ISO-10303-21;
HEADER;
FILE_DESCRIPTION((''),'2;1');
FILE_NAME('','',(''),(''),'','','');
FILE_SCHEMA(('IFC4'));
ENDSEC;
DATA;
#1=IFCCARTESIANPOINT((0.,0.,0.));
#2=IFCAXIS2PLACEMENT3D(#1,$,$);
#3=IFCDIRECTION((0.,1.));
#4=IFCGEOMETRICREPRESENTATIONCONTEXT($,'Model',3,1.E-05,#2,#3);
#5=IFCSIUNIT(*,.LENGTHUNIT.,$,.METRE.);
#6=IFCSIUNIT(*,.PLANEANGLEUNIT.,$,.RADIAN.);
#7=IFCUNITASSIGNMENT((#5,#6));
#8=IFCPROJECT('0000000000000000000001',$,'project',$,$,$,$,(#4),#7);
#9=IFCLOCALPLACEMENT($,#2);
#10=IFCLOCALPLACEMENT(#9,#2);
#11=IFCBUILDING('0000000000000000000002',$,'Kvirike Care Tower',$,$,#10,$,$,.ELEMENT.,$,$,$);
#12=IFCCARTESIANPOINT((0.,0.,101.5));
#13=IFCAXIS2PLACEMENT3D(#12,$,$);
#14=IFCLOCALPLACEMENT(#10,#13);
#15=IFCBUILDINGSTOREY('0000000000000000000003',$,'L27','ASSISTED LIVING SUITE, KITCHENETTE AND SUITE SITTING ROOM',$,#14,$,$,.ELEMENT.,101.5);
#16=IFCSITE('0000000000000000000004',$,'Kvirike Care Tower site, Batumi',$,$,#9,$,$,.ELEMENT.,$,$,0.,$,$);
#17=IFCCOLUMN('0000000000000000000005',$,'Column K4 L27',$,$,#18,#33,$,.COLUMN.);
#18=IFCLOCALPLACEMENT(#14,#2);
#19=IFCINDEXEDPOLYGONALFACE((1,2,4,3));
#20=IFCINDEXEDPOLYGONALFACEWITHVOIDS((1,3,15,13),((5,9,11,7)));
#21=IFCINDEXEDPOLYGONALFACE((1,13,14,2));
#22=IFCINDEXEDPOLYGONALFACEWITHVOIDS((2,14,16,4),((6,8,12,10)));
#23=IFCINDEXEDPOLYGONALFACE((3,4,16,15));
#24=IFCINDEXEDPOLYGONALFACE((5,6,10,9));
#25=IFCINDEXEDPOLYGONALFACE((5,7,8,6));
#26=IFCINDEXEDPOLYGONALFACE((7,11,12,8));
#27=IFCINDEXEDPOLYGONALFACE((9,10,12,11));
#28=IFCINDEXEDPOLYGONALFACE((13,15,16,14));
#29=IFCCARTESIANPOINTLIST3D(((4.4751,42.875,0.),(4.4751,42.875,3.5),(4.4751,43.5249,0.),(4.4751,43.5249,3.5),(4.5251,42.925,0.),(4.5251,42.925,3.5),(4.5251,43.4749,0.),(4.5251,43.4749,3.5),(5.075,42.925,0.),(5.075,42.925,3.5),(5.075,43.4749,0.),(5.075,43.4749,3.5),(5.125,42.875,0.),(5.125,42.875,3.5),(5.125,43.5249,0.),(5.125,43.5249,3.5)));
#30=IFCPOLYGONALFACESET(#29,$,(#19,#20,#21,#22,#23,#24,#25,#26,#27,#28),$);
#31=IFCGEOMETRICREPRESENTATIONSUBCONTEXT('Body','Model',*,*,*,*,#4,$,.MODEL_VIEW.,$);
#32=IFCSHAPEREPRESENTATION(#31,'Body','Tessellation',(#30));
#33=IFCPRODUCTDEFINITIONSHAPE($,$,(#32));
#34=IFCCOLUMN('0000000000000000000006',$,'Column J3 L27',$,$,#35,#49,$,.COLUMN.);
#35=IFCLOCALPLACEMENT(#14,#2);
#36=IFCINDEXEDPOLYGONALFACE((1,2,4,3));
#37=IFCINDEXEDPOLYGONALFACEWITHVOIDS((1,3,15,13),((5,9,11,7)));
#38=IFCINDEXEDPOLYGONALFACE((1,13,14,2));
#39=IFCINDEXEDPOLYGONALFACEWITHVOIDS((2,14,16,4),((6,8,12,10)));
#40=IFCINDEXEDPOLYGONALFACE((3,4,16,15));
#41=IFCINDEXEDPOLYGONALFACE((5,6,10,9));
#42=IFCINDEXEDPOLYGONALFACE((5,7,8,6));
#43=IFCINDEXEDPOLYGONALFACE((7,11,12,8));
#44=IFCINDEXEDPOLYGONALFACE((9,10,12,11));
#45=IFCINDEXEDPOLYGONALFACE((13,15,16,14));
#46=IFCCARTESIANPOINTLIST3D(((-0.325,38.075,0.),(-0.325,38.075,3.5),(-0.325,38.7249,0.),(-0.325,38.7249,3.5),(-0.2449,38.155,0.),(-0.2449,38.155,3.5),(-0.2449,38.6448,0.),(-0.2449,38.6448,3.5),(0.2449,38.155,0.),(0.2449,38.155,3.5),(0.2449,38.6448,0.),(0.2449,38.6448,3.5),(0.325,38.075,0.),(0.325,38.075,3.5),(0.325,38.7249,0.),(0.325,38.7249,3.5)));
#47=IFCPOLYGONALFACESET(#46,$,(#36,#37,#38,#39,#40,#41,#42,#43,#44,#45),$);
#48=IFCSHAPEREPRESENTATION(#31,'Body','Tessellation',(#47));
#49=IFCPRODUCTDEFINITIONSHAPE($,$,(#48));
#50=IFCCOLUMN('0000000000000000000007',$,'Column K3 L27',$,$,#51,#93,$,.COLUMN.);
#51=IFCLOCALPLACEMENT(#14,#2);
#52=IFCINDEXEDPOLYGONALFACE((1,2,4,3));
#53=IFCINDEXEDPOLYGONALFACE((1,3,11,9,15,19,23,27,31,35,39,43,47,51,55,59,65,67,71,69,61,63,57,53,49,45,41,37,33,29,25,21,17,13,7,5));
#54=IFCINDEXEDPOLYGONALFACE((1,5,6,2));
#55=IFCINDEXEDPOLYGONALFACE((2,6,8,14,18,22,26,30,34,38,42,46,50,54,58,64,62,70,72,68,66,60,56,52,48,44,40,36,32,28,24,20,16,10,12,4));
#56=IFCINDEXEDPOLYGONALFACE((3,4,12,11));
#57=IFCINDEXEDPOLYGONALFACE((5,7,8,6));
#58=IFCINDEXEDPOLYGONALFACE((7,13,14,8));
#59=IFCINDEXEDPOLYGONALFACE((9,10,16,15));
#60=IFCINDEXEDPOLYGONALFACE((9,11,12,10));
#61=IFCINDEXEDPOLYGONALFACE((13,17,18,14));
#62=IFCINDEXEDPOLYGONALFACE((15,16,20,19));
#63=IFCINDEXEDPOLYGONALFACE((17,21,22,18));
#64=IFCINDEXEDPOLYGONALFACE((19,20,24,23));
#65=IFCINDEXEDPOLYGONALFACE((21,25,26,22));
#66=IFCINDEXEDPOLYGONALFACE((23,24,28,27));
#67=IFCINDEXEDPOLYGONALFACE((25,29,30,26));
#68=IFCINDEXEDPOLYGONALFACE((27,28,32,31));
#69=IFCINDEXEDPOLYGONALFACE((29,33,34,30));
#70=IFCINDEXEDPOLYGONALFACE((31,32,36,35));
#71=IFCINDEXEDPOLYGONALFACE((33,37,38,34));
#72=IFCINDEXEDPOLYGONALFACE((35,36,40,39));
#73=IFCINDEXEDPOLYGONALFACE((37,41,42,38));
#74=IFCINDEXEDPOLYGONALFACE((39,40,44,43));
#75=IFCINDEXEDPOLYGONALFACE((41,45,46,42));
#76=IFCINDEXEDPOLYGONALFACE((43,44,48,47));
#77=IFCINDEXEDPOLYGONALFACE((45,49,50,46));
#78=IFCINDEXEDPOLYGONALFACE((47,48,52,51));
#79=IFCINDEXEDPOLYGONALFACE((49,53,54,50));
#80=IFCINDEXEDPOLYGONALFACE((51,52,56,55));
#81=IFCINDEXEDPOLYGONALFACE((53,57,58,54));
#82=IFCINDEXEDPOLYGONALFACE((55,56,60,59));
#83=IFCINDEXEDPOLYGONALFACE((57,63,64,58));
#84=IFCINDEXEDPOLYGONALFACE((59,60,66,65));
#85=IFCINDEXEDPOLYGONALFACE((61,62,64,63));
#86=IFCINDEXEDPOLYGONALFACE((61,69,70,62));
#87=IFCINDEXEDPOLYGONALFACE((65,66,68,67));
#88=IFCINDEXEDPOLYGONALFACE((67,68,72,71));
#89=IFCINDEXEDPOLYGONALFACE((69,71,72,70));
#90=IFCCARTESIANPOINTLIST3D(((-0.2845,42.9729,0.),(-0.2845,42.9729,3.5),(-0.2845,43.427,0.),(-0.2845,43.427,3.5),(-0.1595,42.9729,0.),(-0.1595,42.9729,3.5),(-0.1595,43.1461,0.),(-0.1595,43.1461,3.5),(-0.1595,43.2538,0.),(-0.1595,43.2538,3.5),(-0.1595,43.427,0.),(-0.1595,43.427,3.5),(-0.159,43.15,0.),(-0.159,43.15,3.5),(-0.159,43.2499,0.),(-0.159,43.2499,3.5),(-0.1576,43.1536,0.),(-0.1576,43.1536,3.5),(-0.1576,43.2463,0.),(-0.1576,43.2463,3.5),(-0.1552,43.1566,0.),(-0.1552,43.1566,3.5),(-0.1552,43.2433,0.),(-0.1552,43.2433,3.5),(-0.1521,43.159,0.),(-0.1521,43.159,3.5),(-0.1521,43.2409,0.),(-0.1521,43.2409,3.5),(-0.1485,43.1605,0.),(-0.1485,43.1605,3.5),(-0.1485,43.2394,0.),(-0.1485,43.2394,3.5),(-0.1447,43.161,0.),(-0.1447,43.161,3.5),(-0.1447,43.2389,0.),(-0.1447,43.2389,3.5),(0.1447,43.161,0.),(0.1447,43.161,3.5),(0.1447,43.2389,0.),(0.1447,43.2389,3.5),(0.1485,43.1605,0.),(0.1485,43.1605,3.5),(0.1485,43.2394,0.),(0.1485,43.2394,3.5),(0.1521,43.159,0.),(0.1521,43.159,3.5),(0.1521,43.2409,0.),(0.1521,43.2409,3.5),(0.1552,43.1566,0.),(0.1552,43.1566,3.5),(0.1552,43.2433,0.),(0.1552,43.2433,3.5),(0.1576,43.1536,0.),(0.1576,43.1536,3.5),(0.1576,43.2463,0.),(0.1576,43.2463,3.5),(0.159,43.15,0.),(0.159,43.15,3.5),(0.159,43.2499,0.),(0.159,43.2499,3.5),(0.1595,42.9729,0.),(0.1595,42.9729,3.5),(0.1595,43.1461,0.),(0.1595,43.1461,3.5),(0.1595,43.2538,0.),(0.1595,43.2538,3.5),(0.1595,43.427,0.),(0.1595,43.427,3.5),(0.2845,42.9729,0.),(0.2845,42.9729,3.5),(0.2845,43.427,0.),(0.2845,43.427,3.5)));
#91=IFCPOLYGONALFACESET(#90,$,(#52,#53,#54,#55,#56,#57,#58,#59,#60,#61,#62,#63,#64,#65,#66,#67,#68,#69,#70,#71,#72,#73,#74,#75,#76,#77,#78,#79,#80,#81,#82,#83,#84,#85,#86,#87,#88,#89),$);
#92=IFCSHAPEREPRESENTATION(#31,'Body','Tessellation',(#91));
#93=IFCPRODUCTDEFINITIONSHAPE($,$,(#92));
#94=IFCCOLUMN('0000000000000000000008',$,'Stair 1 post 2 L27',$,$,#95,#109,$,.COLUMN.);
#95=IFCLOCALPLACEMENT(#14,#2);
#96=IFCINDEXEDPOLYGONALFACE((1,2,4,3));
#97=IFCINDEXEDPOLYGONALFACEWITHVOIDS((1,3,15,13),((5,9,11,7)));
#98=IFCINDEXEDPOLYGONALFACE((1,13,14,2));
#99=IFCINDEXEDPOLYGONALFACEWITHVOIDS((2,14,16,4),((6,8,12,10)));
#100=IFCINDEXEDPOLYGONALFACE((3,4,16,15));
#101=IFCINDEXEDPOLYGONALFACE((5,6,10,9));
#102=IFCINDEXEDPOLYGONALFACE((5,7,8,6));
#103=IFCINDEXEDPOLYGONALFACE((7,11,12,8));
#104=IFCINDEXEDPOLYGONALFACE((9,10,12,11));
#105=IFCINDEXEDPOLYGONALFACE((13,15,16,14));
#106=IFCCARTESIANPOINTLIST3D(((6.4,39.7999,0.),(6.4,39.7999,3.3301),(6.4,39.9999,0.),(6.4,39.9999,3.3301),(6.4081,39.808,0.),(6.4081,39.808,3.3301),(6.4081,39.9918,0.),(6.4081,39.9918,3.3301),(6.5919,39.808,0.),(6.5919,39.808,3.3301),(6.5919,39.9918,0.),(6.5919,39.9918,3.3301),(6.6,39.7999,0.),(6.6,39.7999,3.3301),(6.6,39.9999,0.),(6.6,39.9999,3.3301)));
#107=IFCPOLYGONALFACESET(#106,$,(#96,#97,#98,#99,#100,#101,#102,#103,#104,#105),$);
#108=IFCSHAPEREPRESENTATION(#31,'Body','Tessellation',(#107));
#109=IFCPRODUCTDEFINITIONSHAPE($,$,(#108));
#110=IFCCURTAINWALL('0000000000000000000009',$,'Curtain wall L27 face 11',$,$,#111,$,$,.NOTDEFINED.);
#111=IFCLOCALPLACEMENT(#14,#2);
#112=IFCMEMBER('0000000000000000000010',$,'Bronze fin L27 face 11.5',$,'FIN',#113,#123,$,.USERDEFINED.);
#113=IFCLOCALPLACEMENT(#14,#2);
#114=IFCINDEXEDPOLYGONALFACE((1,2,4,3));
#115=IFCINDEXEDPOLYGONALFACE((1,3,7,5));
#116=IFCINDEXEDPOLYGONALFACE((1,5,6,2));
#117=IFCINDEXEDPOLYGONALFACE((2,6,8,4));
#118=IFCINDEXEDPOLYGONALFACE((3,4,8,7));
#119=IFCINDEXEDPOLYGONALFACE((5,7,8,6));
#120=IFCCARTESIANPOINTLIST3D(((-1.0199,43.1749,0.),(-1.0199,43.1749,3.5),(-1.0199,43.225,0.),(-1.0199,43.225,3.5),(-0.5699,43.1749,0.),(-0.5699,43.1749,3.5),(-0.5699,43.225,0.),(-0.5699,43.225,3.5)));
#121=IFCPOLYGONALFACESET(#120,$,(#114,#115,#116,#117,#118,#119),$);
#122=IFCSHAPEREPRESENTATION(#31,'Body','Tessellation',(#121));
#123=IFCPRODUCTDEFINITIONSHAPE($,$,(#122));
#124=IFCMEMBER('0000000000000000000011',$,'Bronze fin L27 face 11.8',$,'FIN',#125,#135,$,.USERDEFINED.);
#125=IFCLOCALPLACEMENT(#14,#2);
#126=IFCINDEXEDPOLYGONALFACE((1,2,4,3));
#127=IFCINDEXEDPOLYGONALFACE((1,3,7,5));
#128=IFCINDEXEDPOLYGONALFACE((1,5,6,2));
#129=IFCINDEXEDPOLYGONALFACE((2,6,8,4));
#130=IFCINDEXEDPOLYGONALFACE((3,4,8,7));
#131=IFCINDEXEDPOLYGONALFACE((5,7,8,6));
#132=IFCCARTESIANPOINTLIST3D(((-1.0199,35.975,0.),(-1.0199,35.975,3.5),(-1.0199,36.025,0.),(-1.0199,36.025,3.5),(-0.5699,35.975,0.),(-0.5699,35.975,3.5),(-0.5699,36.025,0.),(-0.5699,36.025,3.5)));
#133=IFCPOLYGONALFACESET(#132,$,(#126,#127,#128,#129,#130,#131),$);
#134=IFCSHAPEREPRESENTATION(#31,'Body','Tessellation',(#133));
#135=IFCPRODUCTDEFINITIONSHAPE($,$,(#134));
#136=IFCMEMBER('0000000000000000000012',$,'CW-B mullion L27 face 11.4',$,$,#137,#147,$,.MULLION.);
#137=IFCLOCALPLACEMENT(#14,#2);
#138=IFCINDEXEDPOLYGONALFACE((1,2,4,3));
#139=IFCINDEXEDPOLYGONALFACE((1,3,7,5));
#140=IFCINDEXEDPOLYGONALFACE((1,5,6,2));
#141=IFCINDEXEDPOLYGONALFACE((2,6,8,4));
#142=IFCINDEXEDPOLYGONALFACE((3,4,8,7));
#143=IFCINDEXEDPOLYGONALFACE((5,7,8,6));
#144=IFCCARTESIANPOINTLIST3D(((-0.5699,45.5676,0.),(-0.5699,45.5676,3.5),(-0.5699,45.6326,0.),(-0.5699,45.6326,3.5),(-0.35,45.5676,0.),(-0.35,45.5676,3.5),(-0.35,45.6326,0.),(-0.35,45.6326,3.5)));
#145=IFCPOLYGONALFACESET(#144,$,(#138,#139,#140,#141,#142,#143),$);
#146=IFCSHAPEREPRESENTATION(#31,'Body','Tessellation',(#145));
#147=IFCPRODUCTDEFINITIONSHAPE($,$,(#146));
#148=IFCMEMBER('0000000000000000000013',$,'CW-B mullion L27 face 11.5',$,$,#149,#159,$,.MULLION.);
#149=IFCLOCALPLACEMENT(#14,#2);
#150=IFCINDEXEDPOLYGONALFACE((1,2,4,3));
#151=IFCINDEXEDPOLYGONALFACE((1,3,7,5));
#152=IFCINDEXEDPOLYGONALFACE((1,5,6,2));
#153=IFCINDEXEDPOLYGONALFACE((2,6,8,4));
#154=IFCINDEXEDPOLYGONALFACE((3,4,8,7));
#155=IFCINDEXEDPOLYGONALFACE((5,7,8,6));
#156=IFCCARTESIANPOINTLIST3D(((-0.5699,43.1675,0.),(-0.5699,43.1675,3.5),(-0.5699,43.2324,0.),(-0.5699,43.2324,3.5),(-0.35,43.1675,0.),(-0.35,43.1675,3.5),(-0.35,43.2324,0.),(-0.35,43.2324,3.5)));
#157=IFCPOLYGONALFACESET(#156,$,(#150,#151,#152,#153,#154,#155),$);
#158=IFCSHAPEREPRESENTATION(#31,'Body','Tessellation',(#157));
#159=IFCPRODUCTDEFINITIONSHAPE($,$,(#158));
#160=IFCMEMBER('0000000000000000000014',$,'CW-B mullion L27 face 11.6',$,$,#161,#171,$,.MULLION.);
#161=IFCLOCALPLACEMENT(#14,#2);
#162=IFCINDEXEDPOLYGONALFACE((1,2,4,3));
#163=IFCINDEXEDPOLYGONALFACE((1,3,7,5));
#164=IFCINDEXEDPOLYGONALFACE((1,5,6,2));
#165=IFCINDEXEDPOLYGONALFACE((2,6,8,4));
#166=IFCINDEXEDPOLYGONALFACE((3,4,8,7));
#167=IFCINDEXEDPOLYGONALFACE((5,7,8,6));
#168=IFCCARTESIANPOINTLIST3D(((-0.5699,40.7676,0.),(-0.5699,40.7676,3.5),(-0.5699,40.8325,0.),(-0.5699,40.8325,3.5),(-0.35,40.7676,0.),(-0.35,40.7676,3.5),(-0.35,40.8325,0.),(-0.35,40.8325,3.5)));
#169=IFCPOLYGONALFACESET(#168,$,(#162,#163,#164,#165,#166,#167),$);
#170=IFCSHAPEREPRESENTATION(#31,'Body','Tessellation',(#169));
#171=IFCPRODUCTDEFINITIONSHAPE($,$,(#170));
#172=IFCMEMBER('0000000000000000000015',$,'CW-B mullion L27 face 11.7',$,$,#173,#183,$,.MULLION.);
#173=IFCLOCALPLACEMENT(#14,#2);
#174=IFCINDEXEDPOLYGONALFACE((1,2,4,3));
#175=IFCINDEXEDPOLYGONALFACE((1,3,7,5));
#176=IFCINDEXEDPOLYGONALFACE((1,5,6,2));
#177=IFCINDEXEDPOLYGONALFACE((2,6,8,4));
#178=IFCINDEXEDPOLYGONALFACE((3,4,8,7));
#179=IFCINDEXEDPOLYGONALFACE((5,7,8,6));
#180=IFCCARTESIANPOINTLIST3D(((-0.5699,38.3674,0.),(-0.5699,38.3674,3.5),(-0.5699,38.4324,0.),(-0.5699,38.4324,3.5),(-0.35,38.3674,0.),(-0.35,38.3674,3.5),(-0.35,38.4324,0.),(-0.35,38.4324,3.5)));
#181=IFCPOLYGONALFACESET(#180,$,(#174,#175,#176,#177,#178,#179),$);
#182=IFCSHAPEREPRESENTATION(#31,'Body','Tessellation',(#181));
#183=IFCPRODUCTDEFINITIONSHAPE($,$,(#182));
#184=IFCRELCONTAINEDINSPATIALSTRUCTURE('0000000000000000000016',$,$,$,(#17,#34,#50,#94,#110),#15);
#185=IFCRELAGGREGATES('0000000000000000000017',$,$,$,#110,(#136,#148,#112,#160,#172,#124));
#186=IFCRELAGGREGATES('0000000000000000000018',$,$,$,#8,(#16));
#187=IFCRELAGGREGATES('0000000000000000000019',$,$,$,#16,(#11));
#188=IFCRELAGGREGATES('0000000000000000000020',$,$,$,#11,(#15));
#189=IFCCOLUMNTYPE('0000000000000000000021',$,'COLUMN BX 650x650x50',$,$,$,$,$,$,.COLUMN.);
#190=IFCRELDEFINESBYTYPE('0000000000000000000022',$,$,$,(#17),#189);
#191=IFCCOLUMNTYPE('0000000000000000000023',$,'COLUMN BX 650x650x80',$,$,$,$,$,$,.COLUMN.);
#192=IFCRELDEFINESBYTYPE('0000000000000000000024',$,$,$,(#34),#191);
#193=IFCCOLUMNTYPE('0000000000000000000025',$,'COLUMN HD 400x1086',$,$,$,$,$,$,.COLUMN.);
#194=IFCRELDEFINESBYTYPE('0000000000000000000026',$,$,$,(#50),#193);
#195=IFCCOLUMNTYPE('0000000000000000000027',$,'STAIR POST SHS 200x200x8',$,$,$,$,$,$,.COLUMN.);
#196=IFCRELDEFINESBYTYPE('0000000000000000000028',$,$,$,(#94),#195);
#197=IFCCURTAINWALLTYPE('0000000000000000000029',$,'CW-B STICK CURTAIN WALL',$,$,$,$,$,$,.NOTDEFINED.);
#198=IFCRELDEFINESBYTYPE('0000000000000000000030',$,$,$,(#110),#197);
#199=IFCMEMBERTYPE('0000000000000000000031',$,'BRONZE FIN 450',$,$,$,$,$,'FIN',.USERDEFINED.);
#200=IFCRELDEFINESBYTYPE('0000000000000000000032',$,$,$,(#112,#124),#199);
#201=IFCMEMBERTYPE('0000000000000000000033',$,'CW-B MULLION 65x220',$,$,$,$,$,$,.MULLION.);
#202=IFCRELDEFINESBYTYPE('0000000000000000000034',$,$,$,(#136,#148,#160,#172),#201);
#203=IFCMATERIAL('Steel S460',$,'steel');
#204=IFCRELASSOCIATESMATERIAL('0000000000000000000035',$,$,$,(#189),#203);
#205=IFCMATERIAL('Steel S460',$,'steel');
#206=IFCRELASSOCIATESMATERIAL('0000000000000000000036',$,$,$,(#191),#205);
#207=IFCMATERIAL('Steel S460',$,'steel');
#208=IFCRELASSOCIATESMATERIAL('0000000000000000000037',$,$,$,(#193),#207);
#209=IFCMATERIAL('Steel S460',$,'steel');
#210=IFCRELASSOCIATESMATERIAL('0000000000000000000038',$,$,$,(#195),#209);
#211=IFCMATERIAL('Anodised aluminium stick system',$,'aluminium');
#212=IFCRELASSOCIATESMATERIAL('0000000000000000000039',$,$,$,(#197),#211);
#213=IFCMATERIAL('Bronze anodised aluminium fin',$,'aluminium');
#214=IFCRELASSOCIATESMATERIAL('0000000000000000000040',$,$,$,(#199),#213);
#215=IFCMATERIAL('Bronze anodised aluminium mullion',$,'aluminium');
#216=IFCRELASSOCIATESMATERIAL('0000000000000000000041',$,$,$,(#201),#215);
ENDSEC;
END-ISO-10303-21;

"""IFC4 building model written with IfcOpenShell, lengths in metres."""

from ifc_helpers import new_model, si_unit, direction, frame, origin, origin_2d, place, context, subcontext, project, spatial, rectangle, hollow_rectangle, i_section, extrude, material, material_profile, profile_set, type_object, element, aggregate, save


model = new_model("IFC4")

# Units and contexts
model_context = context("Model", 3, precision=1e-05, world=origin(), true_north=direction((0.0, 1.0)))
body_context = subcontext(model_context, "Body", "Model", "MODEL_VIEW")
ifc_project = project(units=[si_unit("LENGTHUNIT", "METRE"), si_unit("PLANEANGLEUNIT", "RADIAN")], contexts=[model_context])

# Site, building, storey
site_placement = place(None, origin())
site = spatial("IfcSite", under=ifc_project, at=site_placement, Name="Kvirike Care Tower site, Batumi", CompositionType="ELEMENT", RefElevation=0.0)
building_placement = place(site_placement, origin())
building = spatial("IfcBuilding", under=site, at=building_placement, Name="Kvirike Care Tower", CompositionType="ELEMENT")
storey_placement = place(building_placement, frame((0.0, 0.0, 101.5)))
storey = spatial("IfcBuildingStorey", under=building, at=storey_placement, Name="L27", Description="ASSISTED LIVING SUITE, KITCHENETTE AND SUITE SITTING ROOM", CompositionType="ELEMENT", Elevation=101.5)

# Columns
ifc_material_1 = material(Name="Steel S460", Category="steel")
ifc_material_profile_1 = material_profile(ifc_material_1, hollow_rectangle(XDim=0.6499, YDim=0.6499, WallThickness=0.05, at=origin_2d()), Name="BX 650x650x50")
ifc_profile_set_1 = profile_set([ifc_material_profile_1], Name="Steel S460")
column_type_1 = type_object("IfcColumnType", Name="COLUMN BX 650x650x50", PredefinedType="COLUMN", material=ifc_profile_set_1)
column_1_placement = place(storey_placement, frame((4.8, 43.2, 0.0), z_axis=(0.0, 0.0, 1.0), x_axis=(0.0, 1.0, 0.0)))
element("IfcColumn", 1, at=column_1_placement, inside=storey, type_object=column_type_1, Name="Column K4 L27", PredefinedType="COLUMN", context=body_context, shape_type="SweptSolid", body=[
    extrude(hollow_rectangle(XDim=0.6499, YDim=0.6499, WallThickness=0.05, at=origin_2d()), origin(), (0.0, 0.0, 1.0), 3.5),
])
ifc_material_2 = material(Name="Steel S460", Category="steel")
ifc_material_profile_2 = material_profile(ifc_material_2, hollow_rectangle(XDim=0.6499, YDim=0.6499, WallThickness=0.0801, at=origin_2d()), Name="BX 650x650x80")
ifc_profile_set_2 = profile_set([ifc_material_profile_2], Name="Steel S460")
column_type_2 = type_object("IfcColumnType", Name="COLUMN BX 650x650x80", PredefinedType="COLUMN", material=ifc_profile_set_2)
column_2_placement = place(storey_placement, frame((0.0, 38.3999, 0.0), z_axis=(0.0, 0.0, 1.0), x_axis=(1.0, 0.0, 0.0)))
element("IfcColumn", 2, at=column_2_placement, inside=storey, type_object=column_type_2, Name="Column J3 L27", PredefinedType="COLUMN", context=body_context, shape_type="SweptSolid", body=[
    extrude(hollow_rectangle(XDim=0.6499, YDim=0.6499, WallThickness=0.0801, at=origin_2d()), origin(), (0.0, 0.0, 1.0), 3.5),
])
ifc_material_3 = material(Name="Steel S460", Category="steel")
ifc_material_profile_3 = material_profile(ifc_material_3, i_section(OverallWidth=0.4541, OverallDepth=0.5691, WebThickness=0.0779, FlangeThickness=0.125, FilletRadius=0.0149, at=origin_2d()), Name="HD 400x1086")
ifc_profile_set_3 = profile_set([ifc_material_profile_3], Name="Steel S460")
column_type_3 = type_object("IfcColumnType", Name="COLUMN HD 400x1086", PredefinedType="COLUMN", material=ifc_profile_set_3)
column_3_placement = place(storey_placement, frame((0.0, 43.2, 0.0), z_axis=(0.0, 0.0, 1.0), x_axis=(0.0, 1.0, 0.0)))
element("IfcColumn", 3, at=column_3_placement, inside=storey, type_object=column_type_3, Name="Column K3 L27", PredefinedType="COLUMN", context=body_context, shape_type="SweptSolid", body=[
    extrude(i_section(OverallWidth=0.4541, OverallDepth=0.5691, WebThickness=0.0779, FlangeThickness=0.125, FilletRadius=0.0149, at=origin_2d()), origin(), (0.0, 0.0, 1.0), 3.5),
])
ifc_material_4 = material(Name="Steel S460", Category="steel")
ifc_material_profile_4 = material_profile(ifc_material_4, hollow_rectangle(XDim=0.2, YDim=0.2, WallThickness=0.0081, at=origin_2d()), Name="SHS 200x200x8")
ifc_profile_set_4 = profile_set([ifc_material_profile_4], Name="Steel S460")
column_type_4 = type_object("IfcColumnType", Name="STAIR POST SHS 200x200x8", PredefinedType="COLUMN", material=ifc_profile_set_4)
column_4_placement = place(storey_placement, frame((6.5, 39.8999, 0.0), z_axis=(0.0, 0.0, 1.0), x_axis=(1.0, 0.0, 0.0)))
element("IfcColumn", 4, at=column_4_placement, inside=storey, type_object=column_type_4, Name="Stair 1 post 2 L27", PredefinedType="COLUMN", context=body_context, shape_type="SweptSolid", body=[
    extrude(hollow_rectangle(XDim=0.2, YDim=0.2, WallThickness=0.0081, at=origin_2d()), origin(), (0.0, 0.0, 1.0), 3.3301),
])

# Curtain wall, members
ifc_material_5 = material(Name="Anodised aluminium stick system", Category="aluminium")
curtain_wall_type = type_object("IfcCurtainWallType", Name="CW-B STICK CURTAIN WALL", PredefinedType="NOTDEFINED", material=ifc_material_5)
curtain_wall_placement = place(storey_placement, origin())
curtain_wall = element("IfcCurtainWall", 5, at=curtain_wall_placement, inside=storey, type_object=curtain_wall_type, Name="Curtain wall L27 face 11", PredefinedType="NOTDEFINED")
ifc_material_6 = material(Name="Bronze anodised aluminium fin", Category="aluminium")
ifc_material_profile_5 = material_profile(ifc_material_6, rectangle(XDim=0.05, YDim=0.45, at=origin_2d()), Name="BRONZE FIN 450")
ifc_profile_set_5 = profile_set([ifc_material_profile_5], Name="Bronze anodised aluminium fin")
member_type_1 = type_object("IfcMemberType", Name="BRONZE FIN 450", ElementType="FIN", PredefinedType="USERDEFINED", material=ifc_profile_set_5)
member_1_placement = place(storey_placement, frame((-0.7949, 43.2, 0.0), z_axis=(0.0, 0.0, 1.0), x_axis=(0.0, -1.0, 0.0)))
member_1 = element("IfcMember", 6, at=member_1_placement, type_object=member_type_1, Name="Bronze fin L27 face 11.5", ObjectType="FIN", PredefinedType="USERDEFINED", context=body_context, shape_type="SweptSolid", body=[
    extrude(rectangle(XDim=0.05, YDim=0.45, at=origin_2d()), origin(), (0.0, 0.0, 1.0), 3.5),
])
member_2_placement = place(storey_placement, frame((-0.7949, 36.0, 0.0), z_axis=(0.0, 0.0, 1.0), x_axis=(0.0, -1.0, 0.0)))
member_2 = element("IfcMember", 7, at=member_2_placement, type_object=member_type_1, Name="Bronze fin L27 face 11.8", ObjectType="FIN", PredefinedType="USERDEFINED", context=body_context, shape_type="SweptSolid", body=[
    extrude(rectangle(XDim=0.05, YDim=0.45, at=origin_2d()), origin(), (0.0, 0.0, 1.0), 3.5),
])
ifc_material_7 = material(Name="Bronze anodised aluminium mullion", Category="aluminium")
ifc_material_profile_6 = material_profile(ifc_material_7, rectangle(XDim=0.0649, YDim=0.22, at=origin_2d()), Name="CW-B MULLION 65x220")
ifc_profile_set_6 = profile_set([ifc_material_profile_6], Name="Bronze anodised aluminium mullion")
member_type_2 = type_object("IfcMemberType", Name="CW-B MULLION 65x220", PredefinedType="MULLION", material=ifc_profile_set_6)
member_3_placement = place(storey_placement, frame((-0.46, 45.6001, 0.0), z_axis=(0.0, 0.0, 1.0), x_axis=(0.0, -1.0, 0.0)))
member_3 = element("IfcMember", 8, at=member_3_placement, type_object=member_type_2, Name="CW-B mullion L27 face 11.4", PredefinedType="MULLION", context=body_context, shape_type="SweptSolid", body=[
    extrude(rectangle(XDim=0.0649, YDim=0.22, at=origin_2d()), origin(), (0.0, 0.0, 1.0), 3.5),
])
member_4_placement = place(storey_placement, frame((-0.46, 43.2, 0.0), z_axis=(0.0, 0.0, 1.0), x_axis=(0.0, -1.0, 0.0)))
member_4 = element("IfcMember", 9, at=member_4_placement, type_object=member_type_2, Name="CW-B mullion L27 face 11.5", PredefinedType="MULLION", context=body_context, shape_type="SweptSolid", body=[
    extrude(rectangle(XDim=0.0649, YDim=0.22, at=origin_2d()), origin(), (0.0, 0.0, 1.0), 3.5),
])
member_5_placement = place(storey_placement, frame((-0.46, 40.8, 0.0), z_axis=(0.0, 0.0, 1.0), x_axis=(0.0, -1.0, 0.0)))
member_5 = element("IfcMember", 10, at=member_5_placement, type_object=member_type_2, Name="CW-B mullion L27 face 11.6", PredefinedType="MULLION", context=body_context, shape_type="SweptSolid", body=[
    extrude(rectangle(XDim=0.0649, YDim=0.22, at=origin_2d()), origin(), (0.0, 0.0, 1.0), 3.5),
])
member_6_placement = place(storey_placement, frame((-0.46, 38.3999, 0.0), z_axis=(0.0, 0.0, 1.0), x_axis=(0.0, -1.0, 0.0)))
member_6 = element("IfcMember", 11, at=member_6_placement, type_object=member_type_2, Name="CW-B mullion L27 face 11.7", PredefinedType="MULLION", context=body_context, shape_type="SweptSolid", body=[
    extrude(rectangle(XDim=0.0649, YDim=0.22, at=origin_2d()), origin(), (0.0, 0.0, 1.0), 3.5),
])

aggregate(curtain_wall, [member_3, member_4, member_1, member_5, member_6, member_2])

save(model, "model.ifc")
